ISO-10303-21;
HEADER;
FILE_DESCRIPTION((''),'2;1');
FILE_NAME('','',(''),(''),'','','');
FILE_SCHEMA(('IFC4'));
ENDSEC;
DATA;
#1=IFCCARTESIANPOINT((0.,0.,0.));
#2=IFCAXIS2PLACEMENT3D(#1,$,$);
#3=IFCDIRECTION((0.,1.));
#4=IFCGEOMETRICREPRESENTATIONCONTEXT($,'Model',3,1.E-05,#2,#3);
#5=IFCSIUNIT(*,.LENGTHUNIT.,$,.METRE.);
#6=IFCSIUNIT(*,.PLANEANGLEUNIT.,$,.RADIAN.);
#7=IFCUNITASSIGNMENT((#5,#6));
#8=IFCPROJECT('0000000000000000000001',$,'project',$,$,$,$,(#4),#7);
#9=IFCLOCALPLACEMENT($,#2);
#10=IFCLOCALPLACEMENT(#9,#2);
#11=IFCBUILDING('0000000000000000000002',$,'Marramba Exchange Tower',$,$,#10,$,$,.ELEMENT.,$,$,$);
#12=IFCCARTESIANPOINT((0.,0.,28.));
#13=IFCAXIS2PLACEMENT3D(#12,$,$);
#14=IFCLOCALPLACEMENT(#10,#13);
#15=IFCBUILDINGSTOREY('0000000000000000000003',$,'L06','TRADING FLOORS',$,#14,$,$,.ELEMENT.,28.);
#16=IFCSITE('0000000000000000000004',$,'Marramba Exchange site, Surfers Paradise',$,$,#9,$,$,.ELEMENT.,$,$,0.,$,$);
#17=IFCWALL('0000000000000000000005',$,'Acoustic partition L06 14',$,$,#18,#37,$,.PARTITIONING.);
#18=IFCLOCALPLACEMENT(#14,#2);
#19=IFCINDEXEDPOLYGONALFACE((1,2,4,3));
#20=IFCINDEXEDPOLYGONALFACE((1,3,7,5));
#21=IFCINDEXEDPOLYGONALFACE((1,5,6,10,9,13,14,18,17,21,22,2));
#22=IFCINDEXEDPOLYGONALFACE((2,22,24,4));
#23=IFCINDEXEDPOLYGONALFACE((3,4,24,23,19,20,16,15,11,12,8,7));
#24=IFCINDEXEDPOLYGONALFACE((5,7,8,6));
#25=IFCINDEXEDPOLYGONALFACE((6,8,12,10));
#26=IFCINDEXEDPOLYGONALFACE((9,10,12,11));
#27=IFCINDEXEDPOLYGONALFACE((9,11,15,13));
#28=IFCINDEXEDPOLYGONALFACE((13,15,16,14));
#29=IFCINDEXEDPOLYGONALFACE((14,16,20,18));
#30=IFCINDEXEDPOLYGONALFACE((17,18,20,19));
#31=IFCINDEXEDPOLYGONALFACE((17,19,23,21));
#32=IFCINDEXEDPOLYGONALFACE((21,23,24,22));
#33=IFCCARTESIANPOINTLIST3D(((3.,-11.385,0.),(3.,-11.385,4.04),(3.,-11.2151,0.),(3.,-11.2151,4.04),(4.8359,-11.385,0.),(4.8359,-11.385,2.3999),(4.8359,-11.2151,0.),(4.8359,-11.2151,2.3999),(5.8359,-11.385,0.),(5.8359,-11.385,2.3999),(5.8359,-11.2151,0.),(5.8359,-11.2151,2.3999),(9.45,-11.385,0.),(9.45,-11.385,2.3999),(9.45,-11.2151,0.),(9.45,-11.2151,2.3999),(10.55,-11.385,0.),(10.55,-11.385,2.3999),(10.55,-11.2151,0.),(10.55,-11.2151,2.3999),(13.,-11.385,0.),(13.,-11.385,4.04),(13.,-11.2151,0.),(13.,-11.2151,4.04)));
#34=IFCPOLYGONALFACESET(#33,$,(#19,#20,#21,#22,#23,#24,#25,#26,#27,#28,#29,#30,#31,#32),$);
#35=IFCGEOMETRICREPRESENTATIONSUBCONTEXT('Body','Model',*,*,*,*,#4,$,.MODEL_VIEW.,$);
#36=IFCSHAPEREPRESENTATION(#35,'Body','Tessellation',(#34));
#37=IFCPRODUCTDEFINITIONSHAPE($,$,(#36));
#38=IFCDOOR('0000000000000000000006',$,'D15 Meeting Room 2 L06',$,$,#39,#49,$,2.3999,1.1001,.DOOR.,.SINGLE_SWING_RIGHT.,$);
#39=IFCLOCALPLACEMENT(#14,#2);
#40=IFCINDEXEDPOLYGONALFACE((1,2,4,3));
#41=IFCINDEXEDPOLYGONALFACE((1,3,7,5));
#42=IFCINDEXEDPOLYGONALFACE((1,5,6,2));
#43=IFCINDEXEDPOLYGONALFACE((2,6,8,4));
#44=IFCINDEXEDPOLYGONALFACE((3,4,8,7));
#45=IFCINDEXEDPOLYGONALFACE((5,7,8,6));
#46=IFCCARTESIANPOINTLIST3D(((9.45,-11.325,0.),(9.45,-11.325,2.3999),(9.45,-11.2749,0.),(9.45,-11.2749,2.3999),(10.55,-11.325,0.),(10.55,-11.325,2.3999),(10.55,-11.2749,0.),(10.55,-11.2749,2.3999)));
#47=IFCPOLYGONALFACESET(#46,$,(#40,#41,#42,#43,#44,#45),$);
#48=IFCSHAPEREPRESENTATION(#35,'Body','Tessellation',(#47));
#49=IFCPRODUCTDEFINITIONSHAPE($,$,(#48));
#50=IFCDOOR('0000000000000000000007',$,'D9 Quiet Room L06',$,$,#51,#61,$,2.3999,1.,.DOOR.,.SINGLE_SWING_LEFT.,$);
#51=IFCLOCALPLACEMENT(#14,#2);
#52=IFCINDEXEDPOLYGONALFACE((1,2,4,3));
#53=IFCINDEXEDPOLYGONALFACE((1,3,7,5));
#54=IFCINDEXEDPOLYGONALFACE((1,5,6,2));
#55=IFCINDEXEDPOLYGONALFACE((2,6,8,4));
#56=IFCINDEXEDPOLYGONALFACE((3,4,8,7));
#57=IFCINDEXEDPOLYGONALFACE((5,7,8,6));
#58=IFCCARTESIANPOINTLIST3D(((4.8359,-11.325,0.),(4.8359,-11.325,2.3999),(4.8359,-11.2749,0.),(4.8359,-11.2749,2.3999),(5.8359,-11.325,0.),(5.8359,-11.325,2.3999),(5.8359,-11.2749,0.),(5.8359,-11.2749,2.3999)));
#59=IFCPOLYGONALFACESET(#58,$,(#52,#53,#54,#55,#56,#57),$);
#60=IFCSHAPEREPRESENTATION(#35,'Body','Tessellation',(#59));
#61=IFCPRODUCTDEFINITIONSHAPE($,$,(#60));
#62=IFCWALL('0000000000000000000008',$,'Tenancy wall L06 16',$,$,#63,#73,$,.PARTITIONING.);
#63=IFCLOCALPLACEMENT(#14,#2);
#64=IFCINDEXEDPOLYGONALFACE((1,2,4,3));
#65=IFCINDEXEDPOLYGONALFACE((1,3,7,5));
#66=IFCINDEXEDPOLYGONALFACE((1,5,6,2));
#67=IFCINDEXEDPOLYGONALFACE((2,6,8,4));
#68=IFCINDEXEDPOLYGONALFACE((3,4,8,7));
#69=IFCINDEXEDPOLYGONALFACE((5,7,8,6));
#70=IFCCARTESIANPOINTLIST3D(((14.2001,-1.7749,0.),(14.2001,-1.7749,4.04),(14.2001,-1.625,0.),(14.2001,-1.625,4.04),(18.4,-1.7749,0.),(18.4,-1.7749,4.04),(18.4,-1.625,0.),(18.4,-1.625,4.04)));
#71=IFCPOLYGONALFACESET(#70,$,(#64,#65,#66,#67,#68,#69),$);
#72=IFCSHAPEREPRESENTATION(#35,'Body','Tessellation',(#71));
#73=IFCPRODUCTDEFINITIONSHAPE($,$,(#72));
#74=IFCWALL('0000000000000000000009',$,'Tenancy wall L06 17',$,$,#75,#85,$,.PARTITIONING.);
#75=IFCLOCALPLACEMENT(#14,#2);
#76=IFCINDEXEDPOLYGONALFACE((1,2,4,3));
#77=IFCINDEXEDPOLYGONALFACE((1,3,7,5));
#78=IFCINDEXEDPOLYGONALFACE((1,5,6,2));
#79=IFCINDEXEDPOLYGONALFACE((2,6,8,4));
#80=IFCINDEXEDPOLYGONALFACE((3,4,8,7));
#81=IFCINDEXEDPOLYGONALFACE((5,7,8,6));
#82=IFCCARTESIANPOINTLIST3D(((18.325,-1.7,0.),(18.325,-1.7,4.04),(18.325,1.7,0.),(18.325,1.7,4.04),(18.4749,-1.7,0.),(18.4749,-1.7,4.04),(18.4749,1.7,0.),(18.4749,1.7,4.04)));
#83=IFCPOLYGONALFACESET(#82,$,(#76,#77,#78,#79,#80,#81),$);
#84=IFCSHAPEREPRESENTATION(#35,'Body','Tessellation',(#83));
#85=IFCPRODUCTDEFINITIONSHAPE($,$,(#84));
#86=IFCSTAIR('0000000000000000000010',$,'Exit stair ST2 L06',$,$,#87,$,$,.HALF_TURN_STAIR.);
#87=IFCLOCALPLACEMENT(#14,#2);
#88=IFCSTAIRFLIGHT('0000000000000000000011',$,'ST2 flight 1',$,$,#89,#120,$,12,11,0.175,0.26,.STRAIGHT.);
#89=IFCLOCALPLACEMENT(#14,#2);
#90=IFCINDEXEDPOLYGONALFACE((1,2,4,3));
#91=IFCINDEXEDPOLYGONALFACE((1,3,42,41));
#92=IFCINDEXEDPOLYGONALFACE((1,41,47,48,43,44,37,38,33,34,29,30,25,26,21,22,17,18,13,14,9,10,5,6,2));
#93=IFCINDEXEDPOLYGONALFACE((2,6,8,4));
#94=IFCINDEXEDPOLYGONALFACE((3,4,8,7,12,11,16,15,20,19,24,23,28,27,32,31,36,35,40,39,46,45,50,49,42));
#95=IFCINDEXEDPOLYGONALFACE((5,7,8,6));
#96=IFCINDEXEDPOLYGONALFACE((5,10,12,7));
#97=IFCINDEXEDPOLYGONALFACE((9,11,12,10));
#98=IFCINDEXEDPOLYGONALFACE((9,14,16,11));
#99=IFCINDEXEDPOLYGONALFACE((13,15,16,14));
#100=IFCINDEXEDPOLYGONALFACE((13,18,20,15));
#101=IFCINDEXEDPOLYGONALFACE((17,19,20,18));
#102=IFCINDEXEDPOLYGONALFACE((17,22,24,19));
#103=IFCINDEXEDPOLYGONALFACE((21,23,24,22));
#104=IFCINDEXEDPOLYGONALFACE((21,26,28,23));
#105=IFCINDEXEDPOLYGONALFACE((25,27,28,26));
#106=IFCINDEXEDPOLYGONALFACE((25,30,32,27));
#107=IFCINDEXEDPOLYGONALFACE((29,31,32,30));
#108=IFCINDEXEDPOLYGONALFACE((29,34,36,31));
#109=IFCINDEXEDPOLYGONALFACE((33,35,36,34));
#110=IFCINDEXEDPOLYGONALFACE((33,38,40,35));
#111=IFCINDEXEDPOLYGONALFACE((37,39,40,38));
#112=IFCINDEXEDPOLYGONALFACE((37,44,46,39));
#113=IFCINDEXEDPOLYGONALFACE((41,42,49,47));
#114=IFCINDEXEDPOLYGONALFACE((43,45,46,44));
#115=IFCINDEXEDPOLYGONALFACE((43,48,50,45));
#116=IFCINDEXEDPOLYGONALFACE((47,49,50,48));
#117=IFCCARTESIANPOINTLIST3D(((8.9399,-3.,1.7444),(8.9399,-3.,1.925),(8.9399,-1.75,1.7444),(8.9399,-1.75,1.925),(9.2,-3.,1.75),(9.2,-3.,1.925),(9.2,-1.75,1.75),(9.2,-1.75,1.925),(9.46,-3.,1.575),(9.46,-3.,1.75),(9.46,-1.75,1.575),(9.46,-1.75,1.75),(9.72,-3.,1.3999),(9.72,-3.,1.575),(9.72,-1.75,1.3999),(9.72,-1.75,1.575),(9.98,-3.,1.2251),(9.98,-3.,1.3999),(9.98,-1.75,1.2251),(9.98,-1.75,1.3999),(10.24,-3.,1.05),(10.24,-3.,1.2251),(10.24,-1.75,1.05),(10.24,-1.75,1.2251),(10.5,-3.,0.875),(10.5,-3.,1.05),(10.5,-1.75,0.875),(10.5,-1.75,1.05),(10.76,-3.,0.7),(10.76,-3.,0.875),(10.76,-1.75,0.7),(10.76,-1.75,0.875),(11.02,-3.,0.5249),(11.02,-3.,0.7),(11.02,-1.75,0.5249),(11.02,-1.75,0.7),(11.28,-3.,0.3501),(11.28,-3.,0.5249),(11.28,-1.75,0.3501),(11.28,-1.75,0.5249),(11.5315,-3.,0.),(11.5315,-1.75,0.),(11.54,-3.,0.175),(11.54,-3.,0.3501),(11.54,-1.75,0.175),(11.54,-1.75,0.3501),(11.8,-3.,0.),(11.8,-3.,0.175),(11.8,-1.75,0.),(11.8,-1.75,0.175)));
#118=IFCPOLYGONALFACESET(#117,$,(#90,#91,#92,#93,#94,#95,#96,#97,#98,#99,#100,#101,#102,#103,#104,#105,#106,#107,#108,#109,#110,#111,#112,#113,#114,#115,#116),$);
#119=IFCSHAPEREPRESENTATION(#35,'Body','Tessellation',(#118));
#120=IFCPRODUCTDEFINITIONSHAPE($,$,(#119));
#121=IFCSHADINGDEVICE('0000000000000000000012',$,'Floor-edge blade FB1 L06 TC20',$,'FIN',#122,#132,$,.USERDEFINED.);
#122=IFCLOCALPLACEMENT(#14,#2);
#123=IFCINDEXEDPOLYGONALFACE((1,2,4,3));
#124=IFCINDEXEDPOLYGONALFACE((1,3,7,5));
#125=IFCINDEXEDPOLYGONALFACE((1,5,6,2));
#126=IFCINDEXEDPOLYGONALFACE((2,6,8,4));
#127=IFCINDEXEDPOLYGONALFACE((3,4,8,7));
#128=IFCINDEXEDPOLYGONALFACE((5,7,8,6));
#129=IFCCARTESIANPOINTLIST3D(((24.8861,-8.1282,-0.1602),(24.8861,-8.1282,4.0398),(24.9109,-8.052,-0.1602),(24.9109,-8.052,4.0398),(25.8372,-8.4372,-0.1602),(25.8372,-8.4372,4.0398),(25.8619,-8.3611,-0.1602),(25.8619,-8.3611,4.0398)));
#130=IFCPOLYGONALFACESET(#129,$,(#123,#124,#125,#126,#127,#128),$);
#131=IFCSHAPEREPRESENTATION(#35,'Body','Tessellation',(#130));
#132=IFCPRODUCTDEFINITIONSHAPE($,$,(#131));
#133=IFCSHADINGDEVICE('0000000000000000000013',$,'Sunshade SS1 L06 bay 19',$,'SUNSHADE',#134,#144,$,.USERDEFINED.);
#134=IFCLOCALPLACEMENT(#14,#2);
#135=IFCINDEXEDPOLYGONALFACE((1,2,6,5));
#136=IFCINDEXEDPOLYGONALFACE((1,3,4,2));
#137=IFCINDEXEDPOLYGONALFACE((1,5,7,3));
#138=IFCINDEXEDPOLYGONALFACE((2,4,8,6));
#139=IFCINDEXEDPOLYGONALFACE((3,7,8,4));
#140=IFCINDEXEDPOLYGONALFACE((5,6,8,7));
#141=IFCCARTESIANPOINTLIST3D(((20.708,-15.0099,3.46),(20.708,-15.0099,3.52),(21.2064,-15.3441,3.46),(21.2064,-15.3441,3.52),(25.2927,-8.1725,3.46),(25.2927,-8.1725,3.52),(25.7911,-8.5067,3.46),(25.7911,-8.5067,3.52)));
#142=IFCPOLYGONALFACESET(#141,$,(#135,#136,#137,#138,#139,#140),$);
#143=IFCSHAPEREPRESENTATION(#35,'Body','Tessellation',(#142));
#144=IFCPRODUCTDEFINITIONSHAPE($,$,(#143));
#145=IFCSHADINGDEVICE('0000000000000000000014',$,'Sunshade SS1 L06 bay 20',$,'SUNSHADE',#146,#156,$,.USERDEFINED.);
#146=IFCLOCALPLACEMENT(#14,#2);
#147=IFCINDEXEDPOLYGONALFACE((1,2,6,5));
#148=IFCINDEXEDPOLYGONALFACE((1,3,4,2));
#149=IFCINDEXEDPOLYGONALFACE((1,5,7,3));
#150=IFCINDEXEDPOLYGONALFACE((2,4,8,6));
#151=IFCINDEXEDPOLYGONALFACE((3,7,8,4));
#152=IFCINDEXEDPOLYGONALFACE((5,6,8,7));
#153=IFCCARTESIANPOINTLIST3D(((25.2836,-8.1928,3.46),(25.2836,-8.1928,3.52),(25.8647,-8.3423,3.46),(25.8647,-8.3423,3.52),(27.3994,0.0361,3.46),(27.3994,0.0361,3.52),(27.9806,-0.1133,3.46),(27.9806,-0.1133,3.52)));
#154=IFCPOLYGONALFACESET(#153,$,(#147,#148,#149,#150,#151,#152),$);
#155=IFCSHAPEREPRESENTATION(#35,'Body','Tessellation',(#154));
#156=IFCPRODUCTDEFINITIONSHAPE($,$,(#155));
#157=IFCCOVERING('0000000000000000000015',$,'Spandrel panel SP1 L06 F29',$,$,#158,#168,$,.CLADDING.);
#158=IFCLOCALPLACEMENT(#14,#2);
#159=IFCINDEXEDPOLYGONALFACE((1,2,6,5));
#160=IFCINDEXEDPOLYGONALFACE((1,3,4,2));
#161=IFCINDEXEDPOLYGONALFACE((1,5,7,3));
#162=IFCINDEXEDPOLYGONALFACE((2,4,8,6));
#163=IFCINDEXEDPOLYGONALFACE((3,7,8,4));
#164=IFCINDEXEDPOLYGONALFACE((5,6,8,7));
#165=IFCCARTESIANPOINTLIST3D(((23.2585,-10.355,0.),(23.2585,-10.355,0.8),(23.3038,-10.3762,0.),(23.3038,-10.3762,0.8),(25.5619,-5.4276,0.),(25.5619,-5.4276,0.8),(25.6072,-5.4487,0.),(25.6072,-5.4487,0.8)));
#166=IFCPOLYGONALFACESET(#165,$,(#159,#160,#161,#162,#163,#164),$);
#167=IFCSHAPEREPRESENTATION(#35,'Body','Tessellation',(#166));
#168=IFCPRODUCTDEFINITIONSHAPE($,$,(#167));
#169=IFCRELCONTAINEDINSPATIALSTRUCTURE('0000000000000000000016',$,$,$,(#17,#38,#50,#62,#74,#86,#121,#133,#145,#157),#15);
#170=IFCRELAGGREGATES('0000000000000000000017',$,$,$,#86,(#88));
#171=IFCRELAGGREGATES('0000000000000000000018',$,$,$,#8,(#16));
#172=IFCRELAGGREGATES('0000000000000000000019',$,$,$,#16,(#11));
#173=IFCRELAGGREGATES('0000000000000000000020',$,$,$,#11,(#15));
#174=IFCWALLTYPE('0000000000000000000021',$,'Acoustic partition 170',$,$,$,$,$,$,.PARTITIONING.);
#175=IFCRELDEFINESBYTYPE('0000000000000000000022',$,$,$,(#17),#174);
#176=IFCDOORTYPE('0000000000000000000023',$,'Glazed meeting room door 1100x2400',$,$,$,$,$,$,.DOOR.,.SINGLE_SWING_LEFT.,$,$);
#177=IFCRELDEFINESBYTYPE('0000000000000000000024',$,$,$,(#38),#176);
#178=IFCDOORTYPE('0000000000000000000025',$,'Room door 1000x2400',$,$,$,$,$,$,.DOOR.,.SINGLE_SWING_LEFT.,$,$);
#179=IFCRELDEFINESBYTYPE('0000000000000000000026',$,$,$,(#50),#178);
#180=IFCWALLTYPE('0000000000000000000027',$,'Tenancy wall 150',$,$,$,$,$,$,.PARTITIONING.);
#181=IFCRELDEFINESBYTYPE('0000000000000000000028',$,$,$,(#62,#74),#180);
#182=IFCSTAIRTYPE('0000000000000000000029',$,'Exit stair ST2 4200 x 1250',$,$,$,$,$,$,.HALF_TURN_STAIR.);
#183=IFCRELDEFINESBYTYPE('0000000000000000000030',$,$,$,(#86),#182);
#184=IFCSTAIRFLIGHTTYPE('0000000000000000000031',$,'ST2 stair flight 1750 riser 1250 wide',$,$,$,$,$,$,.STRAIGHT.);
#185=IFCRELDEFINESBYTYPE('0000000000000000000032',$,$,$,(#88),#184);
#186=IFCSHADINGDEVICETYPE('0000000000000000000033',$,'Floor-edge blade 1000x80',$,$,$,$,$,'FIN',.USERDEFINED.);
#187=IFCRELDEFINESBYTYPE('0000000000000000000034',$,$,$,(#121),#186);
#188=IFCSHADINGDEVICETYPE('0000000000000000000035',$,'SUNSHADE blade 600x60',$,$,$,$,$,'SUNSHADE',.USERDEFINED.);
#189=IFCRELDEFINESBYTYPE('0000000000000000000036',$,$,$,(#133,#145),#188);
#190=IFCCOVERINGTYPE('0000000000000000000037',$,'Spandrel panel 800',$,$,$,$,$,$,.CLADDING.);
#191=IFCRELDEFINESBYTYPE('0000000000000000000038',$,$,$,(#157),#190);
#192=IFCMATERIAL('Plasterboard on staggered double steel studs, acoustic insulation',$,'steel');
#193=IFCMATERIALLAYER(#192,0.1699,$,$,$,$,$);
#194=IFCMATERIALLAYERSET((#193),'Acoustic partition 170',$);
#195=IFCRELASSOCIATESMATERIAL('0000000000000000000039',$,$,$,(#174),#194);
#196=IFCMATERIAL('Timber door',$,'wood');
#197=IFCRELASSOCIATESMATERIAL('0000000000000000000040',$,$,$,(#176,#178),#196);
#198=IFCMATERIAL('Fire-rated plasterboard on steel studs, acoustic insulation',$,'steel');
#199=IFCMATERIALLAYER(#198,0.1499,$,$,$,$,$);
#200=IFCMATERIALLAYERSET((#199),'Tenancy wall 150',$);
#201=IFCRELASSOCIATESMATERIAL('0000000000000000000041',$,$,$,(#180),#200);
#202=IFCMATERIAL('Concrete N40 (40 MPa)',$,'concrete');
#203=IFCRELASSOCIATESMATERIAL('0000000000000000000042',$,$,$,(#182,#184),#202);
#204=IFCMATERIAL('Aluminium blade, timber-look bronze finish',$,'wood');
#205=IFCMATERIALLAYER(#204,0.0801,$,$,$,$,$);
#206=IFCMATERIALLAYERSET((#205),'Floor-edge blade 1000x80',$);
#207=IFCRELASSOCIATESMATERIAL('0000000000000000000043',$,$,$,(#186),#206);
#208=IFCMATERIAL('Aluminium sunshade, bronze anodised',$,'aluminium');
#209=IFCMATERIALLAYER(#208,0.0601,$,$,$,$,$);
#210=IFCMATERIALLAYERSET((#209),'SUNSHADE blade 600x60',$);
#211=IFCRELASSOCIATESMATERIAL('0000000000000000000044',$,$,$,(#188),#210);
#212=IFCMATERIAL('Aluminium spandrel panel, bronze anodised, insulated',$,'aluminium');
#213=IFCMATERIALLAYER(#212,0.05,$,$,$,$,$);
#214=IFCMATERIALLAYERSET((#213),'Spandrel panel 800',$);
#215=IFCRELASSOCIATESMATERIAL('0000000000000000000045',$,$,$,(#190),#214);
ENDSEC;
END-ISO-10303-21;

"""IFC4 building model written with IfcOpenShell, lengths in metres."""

from ifc_helpers import new_model, si_unit, direction, frame, frame_2d, origin, origin_2d, place, context, subcontext, project, spatial, polyline, rectangle, outline, extrude, material, layer, layer_set, type_object, element, fill, aggregate, save


model = new_model("IFC4")

# Units and contexts
model_context = context("Model", 3, precision=1e-05, world=origin(), true_north=direction((0.0, 1.0)))
body_context = subcontext(model_context, "Body", "Model", "MODEL_VIEW")
ifc_project = project(units=[si_unit("LENGTHUNIT", "METRE"), si_unit("PLANEANGLEUNIT", "RADIAN")], contexts=[model_context])

# Site, building, storey
site_placement = place(None, origin())
site = spatial("IfcSite", under=ifc_project, at=site_placement, Name="Marramba Exchange site, Surfers Paradise", CompositionType="ELEMENT", RefElevation=0.0)
building_placement = place(site_placement, origin())
building = spatial("IfcBuilding", under=site, at=building_placement, Name="Marramba Exchange Tower", CompositionType="ELEMENT")
storey_placement = place(building_placement, frame((0.0, 0.0, 28.0)))
storey = spatial("IfcBuildingStorey", under=building, at=storey_placement, Name="L06", Description="TRADING FLOORS", CompositionType="ELEMENT", Elevation=28.0)

# Wall, openings, doors
ifc_material_1 = material(Name="Plasterboard on staggered double steel studs, acoustic insulation", Category="steel")
ifc_layer_1 = layer(ifc_material_1, 0.1699)
ifc_layer_set_1 = layer_set([ifc_layer_1], Name="Acoustic partition 170")
wall_type_1 = type_object("IfcWallType", Name="Acoustic partition 170", PredefinedType="PARTITIONING", material=ifc_layer_set_1)
wall_1_placement = place(storey_placement, frame((13.0, -11.3, 0.0), z_axis=(0.0, 0.0, 1.0), x_axis=(-1.0, 0.0, 0.0)))
wall_1 = element("IfcWall", 1, at=wall_1_placement, inside=storey, type_object=wall_type_1, Name="Acoustic partition L06 14", PredefinedType="PARTITIONING", context=body_context, shape_type="SweptSolid", body=[
    extrude(rectangle(XDim=10.0, YDim=0.1699, at=frame_2d((5.0, 0.0))), origin(), (0.0, 0.0, 1.0), 4.04),
])
opening_1_placement = place(wall_1_placement, frame((7.1641, 0.0, 0.0)))
opening_1 = element("IfcOpeningElement", 2, at=opening_1_placement, cuts=wall_1, PredefinedType="OPENING", context=body_context, shape_type="SweptSolid", body=[
    extrude(rectangle(XDim=1.0, YDim=2.3999, at=frame_2d((0.5, 1.2))), frame((0.0, 0.095, 0.0), z_axis=(0.0, -1.0, 0.0), x_axis=(1.0, 0.0, 0.0)), (0.0, 0.0, 1.0), 0.1899),
])
opening_2_placement = place(wall_1_placement, frame((2.45, 0.0, 0.0)))
opening_2 = element("IfcOpeningElement", 3, at=opening_2_placement, cuts=wall_1, PredefinedType="OPENING", context=body_context, shape_type="SweptSolid", body=[
    extrude(rectangle(XDim=1.1001, YDim=2.3999, at=frame_2d((0.55, 1.2))), frame((0.0, 0.095, 0.0), z_axis=(0.0, -1.0, 0.0), x_axis=(1.0, 0.0, 0.0)), (0.0, 0.0, 1.0), 0.1899),
])
ifc_material_2 = material(Name="Timber door", Category="wood")
door_type_1 = type_object("IfcDoorType", Name="Glazed meeting room door 1100x2400", OperationType="SINGLE_SWING_LEFT", PredefinedType="DOOR", material=ifc_material_2)
door_1_placement = place(opening_2_placement, origin())
door_1 = element("IfcDoor", 4, at=door_1_placement, inside=storey, type_object=door_type_1, Name="D15 Meeting Room 2 L06", OperationType="SINGLE_SWING_RIGHT", OverallHeight=2.3999, OverallWidth=1.1001, PredefinedType="DOOR", context=body_context, shape_type="SweptSolid", body=[
    extrude(rectangle(XDim=1.1001, YDim=2.3999, at=frame_2d((0.55, 1.2))), frame((0.0, 0.0249, 0.0), z_axis=(0.0, -1.0, 0.0), x_axis=(1.0, 0.0, 0.0)), (0.0, 0.0, 1.0), 0.05),
])
fill(opening_2, door_1)
door_type_2 = type_object("IfcDoorType", Name="Room door 1000x2400", OperationType="SINGLE_SWING_LEFT", PredefinedType="DOOR", material=ifc_material_2)
door_2_placement = place(opening_1_placement, origin())
door_2 = element("IfcDoor", 5, at=door_2_placement, inside=storey, type_object=door_type_2, Name="D9 Quiet Room L06", OperationType="SINGLE_SWING_LEFT", OverallHeight=2.3999, OverallWidth=1.0, PredefinedType="DOOR", context=body_context, shape_type="SweptSolid", body=[
    extrude(rectangle(XDim=1.0, YDim=2.3999, at=frame_2d((0.5, 1.2))), frame((0.0, 0.0249, 0.0), z_axis=(0.0, -1.0, 0.0), x_axis=(1.0, 0.0, 0.0)), (0.0, 0.0, 1.0), 0.05),
])
fill(opening_1, door_2)

# Walls
ifc_material_3 = material(Name="Fire-rated plasterboard on steel studs, acoustic insulation", Category="steel")
ifc_layer_2 = layer(ifc_material_3, 0.1499)
ifc_layer_set_2 = layer_set([ifc_layer_2], Name="Tenancy wall 150")
wall_type_2 = type_object("IfcWallType", Name="Tenancy wall 150", PredefinedType="PARTITIONING", material=ifc_layer_set_2)
wall_2_placement = place(storey_placement, frame((14.2, -1.7, 0.0), z_axis=(0.0, 0.0, 1.0), x_axis=(1.0, 0.0, 0.0)))
element("IfcWall", 6, at=wall_2_placement, inside=storey, type_object=wall_type_2, Name="Tenancy wall L06 16", PredefinedType="PARTITIONING", context=body_context, shape_type="SweptSolid", body=[
    extrude(rectangle(XDim=4.2, YDim=0.1499, at=frame_2d((2.1001, 0.0))), origin(), (0.0, 0.0, 1.0), 4.04),
])
wall_3_placement = place(storey_placement, frame((18.3999, -1.7, 0.0), z_axis=(0.0, 0.0, 1.0), x_axis=(0.0, 1.0, 0.0)))
element("IfcWall", 7, at=wall_3_placement, inside=storey, type_object=wall_type_2, Name="Tenancy wall L06 17", PredefinedType="PARTITIONING", context=body_context, shape_type="SweptSolid", body=[
    extrude(rectangle(XDim=3.3999, YDim=0.1499, at=frame_2d((1.7, 0.0))), origin(), (0.0, 0.0, 1.0), 4.04),
])

# Stair, stair flight
ifc_material_4 = material(Name="Concrete N40 (40 MPa)", Category="concrete")
stair_type = type_object("IfcStairType", Name="Exit stair ST2 4200 x 1250", PredefinedType="HALF_TURN_STAIR", material=ifc_material_4)
stair_placement = place(storey_placement, origin())
stair = element("IfcStair", 8, at=stair_placement, inside=storey, type_object=stair_type, Name="Exit stair ST2 L06", PredefinedType="HALF_TURN_STAIR")
stair_flight_type = type_object("IfcStairFlightType", Name="ST2 stair flight 1750 riser 1250 wide", PredefinedType="STRAIGHT", material=ifc_material_4)
stair_flight_placement = place(storey_placement, frame((11.8, -2.375, 0.0), z_axis=(0.0, 0.0, 1.0), x_axis=(-1.0, 0.0, 0.0)))
stair_flight = element("IfcStairFlight", 9, at=stair_flight_placement, type_object=stair_flight_type, Name="ST2 flight 1", NumberOfRisers=12, NumberOfTreads=11, PredefinedType="STRAIGHT", RiserHeight=0.175, TreadLength=0.26, context=body_context, shape_type="SweptSolid", body=[
    extrude(outline(polyline([(0.0, 0.0), (0.0, 0.175), (0.26, 0.175), (0.26, 0.3501), (0.52, 0.3501), (0.52, 0.5249), (0.78, 0.5249), (0.78, 0.7), (1.04, 0.7), (1.04, 0.875), (1.3, 0.875), (1.3, 1.05), (1.5601, 1.05), (1.5601, 1.2251), (1.8201, 1.2251), (1.8201, 1.3999), (2.0801, 1.3999), (2.0801, 1.575), (2.3401, 1.575), (2.3401, 1.75), (2.6001, 1.75), (2.6001, 1.925), (2.8601, 1.925), (2.8601, 2.1001), (2.8601, 1.7444), (0.2686, 0.0), (0.0, 0.0)])), frame((0.0, 0.625, 0.0), z_axis=(0.0, -1.0, 0.0), x_axis=(1.0, 0.0, 0.0)), (0.0, 0.0, 1.0), 1.25),
])
aggregate(stair, [stair_flight])

# Shading devices
ifc_material_5 = material(Name="Aluminium blade, timber-look bronze finish", Category="wood")
ifc_layer_3 = layer(ifc_material_5, 0.0801)
ifc_layer_set_3 = layer_set([ifc_layer_3], Name="Floor-edge blade 1000x80")
shading_device_type_1 = type_object("IfcShadingDeviceType", Name="Floor-edge blade 1000x80", ElementType="FIN", PredefinedType="USERDEFINED", material=ifc_layer_set_3)
shading_device_1_placement = place(storey_placement, frame((25.374, -8.2446, -0.1602), z_axis=(0.0, 0.0, 1.0), x_axis=(0.951057, -0.309017, 0.0)))
element("IfcShadingDevice", 10, at=shading_device_1_placement, inside=storey, type_object=shading_device_type_1, Name="Floor-edge blade FB1 L06 TC20", ObjectType="FIN", PredefinedType="USERDEFINED", context=body_context, shape_type="SweptSolid", body=[
    extrude(rectangle(XDim=1.0, YDim=0.0801, at=origin_2d()), origin(), (0.0, 0.0, 1.0), 4.2),
])
ifc_material_6 = material(Name="Aluminium sunshade, bronze anodised", Category="aluminium")
ifc_layer_4 = layer(ifc_material_6, 0.0601)
ifc_layer_set_4 = layer_set([ifc_layer_4], Name="SUNSHADE blade 600x60")
shading_device_type_2 = type_object("IfcShadingDeviceType", Name="SUNSHADE blade 600x60", ElementType="SUNSHADE", PredefinedType="USERDEFINED", material=ifc_layer_set_4)
shading_device_2_placement = place(storey_placement, frame((23.2495, -11.7583, 3.46), z_axis=(0.0, 0.0, 1.0), x_axis=(0.556924, 0.830563, 0.0)))
element("IfcShadingDevice", 11, at=shading_device_2_placement, inside=storey, type_object=shading_device_type_2, Name="Sunshade SS1 L06 bay 19", ObjectType="SUNSHADE", PredefinedType="USERDEFINED", context=body_context, shape_type="SweptSolid", body=[
    extrude(rectangle(XDim=8.2322, YDim=0.6001, at=origin_2d()), origin(), (0.0, 0.0, 1.0), 0.0601),
])
shading_device_3_placement = place(storey_placement, frame((26.6321, -4.1531, 3.46), z_axis=(0.0, 0.0, 1.0), x_axis=(0.249025, 0.968497, 0.0)))
element("IfcShadingDevice", 12, at=shading_device_3_placement, inside=storey, type_object=shading_device_type_2, Name="Sunshade SS1 L06 bay 20", ObjectType="SUNSHADE", PredefinedType="USERDEFINED", context=body_context, shape_type="SweptSolid", body=[
    extrude(rectangle(XDim=8.4966, YDim=0.6001, at=origin_2d()), origin(), (0.0, 0.0, 1.0), 0.0601),
])

# Covering
ifc_material_7 = material(Name="Aluminium spandrel panel, bronze anodised, insulated", Category="aluminium")
ifc_layer_5 = layer(ifc_material_7, 0.05)
ifc_layer_set_5 = layer_set([ifc_layer_5], Name="Spandrel panel 800")
covering_type = type_object("IfcCoveringType", Name="Spandrel panel 800", PredefinedType="CLADDING", material=ifc_layer_set_5)
covering_1_placement = place(storey_placement, frame((24.4329, -7.9019, 0.0), z_axis=(0.0, 0.0, 1.0), x_axis=(0.423477, 0.905907, 0.0)))
element("IfcCovering", 13, at=covering_1_placement, inside=storey, type_object=covering_type, Name="Spandrel panel SP1 L06 F29", PredefinedType="CLADDING", context=body_context, shape_type="SweptSolid", body=[
    extrude(rectangle(XDim=5.4392, YDim=0.05, at=origin_2d()), origin(), (0.0, 0.0, 1.0), 0.8),
])

save(model, "model.ifc")
